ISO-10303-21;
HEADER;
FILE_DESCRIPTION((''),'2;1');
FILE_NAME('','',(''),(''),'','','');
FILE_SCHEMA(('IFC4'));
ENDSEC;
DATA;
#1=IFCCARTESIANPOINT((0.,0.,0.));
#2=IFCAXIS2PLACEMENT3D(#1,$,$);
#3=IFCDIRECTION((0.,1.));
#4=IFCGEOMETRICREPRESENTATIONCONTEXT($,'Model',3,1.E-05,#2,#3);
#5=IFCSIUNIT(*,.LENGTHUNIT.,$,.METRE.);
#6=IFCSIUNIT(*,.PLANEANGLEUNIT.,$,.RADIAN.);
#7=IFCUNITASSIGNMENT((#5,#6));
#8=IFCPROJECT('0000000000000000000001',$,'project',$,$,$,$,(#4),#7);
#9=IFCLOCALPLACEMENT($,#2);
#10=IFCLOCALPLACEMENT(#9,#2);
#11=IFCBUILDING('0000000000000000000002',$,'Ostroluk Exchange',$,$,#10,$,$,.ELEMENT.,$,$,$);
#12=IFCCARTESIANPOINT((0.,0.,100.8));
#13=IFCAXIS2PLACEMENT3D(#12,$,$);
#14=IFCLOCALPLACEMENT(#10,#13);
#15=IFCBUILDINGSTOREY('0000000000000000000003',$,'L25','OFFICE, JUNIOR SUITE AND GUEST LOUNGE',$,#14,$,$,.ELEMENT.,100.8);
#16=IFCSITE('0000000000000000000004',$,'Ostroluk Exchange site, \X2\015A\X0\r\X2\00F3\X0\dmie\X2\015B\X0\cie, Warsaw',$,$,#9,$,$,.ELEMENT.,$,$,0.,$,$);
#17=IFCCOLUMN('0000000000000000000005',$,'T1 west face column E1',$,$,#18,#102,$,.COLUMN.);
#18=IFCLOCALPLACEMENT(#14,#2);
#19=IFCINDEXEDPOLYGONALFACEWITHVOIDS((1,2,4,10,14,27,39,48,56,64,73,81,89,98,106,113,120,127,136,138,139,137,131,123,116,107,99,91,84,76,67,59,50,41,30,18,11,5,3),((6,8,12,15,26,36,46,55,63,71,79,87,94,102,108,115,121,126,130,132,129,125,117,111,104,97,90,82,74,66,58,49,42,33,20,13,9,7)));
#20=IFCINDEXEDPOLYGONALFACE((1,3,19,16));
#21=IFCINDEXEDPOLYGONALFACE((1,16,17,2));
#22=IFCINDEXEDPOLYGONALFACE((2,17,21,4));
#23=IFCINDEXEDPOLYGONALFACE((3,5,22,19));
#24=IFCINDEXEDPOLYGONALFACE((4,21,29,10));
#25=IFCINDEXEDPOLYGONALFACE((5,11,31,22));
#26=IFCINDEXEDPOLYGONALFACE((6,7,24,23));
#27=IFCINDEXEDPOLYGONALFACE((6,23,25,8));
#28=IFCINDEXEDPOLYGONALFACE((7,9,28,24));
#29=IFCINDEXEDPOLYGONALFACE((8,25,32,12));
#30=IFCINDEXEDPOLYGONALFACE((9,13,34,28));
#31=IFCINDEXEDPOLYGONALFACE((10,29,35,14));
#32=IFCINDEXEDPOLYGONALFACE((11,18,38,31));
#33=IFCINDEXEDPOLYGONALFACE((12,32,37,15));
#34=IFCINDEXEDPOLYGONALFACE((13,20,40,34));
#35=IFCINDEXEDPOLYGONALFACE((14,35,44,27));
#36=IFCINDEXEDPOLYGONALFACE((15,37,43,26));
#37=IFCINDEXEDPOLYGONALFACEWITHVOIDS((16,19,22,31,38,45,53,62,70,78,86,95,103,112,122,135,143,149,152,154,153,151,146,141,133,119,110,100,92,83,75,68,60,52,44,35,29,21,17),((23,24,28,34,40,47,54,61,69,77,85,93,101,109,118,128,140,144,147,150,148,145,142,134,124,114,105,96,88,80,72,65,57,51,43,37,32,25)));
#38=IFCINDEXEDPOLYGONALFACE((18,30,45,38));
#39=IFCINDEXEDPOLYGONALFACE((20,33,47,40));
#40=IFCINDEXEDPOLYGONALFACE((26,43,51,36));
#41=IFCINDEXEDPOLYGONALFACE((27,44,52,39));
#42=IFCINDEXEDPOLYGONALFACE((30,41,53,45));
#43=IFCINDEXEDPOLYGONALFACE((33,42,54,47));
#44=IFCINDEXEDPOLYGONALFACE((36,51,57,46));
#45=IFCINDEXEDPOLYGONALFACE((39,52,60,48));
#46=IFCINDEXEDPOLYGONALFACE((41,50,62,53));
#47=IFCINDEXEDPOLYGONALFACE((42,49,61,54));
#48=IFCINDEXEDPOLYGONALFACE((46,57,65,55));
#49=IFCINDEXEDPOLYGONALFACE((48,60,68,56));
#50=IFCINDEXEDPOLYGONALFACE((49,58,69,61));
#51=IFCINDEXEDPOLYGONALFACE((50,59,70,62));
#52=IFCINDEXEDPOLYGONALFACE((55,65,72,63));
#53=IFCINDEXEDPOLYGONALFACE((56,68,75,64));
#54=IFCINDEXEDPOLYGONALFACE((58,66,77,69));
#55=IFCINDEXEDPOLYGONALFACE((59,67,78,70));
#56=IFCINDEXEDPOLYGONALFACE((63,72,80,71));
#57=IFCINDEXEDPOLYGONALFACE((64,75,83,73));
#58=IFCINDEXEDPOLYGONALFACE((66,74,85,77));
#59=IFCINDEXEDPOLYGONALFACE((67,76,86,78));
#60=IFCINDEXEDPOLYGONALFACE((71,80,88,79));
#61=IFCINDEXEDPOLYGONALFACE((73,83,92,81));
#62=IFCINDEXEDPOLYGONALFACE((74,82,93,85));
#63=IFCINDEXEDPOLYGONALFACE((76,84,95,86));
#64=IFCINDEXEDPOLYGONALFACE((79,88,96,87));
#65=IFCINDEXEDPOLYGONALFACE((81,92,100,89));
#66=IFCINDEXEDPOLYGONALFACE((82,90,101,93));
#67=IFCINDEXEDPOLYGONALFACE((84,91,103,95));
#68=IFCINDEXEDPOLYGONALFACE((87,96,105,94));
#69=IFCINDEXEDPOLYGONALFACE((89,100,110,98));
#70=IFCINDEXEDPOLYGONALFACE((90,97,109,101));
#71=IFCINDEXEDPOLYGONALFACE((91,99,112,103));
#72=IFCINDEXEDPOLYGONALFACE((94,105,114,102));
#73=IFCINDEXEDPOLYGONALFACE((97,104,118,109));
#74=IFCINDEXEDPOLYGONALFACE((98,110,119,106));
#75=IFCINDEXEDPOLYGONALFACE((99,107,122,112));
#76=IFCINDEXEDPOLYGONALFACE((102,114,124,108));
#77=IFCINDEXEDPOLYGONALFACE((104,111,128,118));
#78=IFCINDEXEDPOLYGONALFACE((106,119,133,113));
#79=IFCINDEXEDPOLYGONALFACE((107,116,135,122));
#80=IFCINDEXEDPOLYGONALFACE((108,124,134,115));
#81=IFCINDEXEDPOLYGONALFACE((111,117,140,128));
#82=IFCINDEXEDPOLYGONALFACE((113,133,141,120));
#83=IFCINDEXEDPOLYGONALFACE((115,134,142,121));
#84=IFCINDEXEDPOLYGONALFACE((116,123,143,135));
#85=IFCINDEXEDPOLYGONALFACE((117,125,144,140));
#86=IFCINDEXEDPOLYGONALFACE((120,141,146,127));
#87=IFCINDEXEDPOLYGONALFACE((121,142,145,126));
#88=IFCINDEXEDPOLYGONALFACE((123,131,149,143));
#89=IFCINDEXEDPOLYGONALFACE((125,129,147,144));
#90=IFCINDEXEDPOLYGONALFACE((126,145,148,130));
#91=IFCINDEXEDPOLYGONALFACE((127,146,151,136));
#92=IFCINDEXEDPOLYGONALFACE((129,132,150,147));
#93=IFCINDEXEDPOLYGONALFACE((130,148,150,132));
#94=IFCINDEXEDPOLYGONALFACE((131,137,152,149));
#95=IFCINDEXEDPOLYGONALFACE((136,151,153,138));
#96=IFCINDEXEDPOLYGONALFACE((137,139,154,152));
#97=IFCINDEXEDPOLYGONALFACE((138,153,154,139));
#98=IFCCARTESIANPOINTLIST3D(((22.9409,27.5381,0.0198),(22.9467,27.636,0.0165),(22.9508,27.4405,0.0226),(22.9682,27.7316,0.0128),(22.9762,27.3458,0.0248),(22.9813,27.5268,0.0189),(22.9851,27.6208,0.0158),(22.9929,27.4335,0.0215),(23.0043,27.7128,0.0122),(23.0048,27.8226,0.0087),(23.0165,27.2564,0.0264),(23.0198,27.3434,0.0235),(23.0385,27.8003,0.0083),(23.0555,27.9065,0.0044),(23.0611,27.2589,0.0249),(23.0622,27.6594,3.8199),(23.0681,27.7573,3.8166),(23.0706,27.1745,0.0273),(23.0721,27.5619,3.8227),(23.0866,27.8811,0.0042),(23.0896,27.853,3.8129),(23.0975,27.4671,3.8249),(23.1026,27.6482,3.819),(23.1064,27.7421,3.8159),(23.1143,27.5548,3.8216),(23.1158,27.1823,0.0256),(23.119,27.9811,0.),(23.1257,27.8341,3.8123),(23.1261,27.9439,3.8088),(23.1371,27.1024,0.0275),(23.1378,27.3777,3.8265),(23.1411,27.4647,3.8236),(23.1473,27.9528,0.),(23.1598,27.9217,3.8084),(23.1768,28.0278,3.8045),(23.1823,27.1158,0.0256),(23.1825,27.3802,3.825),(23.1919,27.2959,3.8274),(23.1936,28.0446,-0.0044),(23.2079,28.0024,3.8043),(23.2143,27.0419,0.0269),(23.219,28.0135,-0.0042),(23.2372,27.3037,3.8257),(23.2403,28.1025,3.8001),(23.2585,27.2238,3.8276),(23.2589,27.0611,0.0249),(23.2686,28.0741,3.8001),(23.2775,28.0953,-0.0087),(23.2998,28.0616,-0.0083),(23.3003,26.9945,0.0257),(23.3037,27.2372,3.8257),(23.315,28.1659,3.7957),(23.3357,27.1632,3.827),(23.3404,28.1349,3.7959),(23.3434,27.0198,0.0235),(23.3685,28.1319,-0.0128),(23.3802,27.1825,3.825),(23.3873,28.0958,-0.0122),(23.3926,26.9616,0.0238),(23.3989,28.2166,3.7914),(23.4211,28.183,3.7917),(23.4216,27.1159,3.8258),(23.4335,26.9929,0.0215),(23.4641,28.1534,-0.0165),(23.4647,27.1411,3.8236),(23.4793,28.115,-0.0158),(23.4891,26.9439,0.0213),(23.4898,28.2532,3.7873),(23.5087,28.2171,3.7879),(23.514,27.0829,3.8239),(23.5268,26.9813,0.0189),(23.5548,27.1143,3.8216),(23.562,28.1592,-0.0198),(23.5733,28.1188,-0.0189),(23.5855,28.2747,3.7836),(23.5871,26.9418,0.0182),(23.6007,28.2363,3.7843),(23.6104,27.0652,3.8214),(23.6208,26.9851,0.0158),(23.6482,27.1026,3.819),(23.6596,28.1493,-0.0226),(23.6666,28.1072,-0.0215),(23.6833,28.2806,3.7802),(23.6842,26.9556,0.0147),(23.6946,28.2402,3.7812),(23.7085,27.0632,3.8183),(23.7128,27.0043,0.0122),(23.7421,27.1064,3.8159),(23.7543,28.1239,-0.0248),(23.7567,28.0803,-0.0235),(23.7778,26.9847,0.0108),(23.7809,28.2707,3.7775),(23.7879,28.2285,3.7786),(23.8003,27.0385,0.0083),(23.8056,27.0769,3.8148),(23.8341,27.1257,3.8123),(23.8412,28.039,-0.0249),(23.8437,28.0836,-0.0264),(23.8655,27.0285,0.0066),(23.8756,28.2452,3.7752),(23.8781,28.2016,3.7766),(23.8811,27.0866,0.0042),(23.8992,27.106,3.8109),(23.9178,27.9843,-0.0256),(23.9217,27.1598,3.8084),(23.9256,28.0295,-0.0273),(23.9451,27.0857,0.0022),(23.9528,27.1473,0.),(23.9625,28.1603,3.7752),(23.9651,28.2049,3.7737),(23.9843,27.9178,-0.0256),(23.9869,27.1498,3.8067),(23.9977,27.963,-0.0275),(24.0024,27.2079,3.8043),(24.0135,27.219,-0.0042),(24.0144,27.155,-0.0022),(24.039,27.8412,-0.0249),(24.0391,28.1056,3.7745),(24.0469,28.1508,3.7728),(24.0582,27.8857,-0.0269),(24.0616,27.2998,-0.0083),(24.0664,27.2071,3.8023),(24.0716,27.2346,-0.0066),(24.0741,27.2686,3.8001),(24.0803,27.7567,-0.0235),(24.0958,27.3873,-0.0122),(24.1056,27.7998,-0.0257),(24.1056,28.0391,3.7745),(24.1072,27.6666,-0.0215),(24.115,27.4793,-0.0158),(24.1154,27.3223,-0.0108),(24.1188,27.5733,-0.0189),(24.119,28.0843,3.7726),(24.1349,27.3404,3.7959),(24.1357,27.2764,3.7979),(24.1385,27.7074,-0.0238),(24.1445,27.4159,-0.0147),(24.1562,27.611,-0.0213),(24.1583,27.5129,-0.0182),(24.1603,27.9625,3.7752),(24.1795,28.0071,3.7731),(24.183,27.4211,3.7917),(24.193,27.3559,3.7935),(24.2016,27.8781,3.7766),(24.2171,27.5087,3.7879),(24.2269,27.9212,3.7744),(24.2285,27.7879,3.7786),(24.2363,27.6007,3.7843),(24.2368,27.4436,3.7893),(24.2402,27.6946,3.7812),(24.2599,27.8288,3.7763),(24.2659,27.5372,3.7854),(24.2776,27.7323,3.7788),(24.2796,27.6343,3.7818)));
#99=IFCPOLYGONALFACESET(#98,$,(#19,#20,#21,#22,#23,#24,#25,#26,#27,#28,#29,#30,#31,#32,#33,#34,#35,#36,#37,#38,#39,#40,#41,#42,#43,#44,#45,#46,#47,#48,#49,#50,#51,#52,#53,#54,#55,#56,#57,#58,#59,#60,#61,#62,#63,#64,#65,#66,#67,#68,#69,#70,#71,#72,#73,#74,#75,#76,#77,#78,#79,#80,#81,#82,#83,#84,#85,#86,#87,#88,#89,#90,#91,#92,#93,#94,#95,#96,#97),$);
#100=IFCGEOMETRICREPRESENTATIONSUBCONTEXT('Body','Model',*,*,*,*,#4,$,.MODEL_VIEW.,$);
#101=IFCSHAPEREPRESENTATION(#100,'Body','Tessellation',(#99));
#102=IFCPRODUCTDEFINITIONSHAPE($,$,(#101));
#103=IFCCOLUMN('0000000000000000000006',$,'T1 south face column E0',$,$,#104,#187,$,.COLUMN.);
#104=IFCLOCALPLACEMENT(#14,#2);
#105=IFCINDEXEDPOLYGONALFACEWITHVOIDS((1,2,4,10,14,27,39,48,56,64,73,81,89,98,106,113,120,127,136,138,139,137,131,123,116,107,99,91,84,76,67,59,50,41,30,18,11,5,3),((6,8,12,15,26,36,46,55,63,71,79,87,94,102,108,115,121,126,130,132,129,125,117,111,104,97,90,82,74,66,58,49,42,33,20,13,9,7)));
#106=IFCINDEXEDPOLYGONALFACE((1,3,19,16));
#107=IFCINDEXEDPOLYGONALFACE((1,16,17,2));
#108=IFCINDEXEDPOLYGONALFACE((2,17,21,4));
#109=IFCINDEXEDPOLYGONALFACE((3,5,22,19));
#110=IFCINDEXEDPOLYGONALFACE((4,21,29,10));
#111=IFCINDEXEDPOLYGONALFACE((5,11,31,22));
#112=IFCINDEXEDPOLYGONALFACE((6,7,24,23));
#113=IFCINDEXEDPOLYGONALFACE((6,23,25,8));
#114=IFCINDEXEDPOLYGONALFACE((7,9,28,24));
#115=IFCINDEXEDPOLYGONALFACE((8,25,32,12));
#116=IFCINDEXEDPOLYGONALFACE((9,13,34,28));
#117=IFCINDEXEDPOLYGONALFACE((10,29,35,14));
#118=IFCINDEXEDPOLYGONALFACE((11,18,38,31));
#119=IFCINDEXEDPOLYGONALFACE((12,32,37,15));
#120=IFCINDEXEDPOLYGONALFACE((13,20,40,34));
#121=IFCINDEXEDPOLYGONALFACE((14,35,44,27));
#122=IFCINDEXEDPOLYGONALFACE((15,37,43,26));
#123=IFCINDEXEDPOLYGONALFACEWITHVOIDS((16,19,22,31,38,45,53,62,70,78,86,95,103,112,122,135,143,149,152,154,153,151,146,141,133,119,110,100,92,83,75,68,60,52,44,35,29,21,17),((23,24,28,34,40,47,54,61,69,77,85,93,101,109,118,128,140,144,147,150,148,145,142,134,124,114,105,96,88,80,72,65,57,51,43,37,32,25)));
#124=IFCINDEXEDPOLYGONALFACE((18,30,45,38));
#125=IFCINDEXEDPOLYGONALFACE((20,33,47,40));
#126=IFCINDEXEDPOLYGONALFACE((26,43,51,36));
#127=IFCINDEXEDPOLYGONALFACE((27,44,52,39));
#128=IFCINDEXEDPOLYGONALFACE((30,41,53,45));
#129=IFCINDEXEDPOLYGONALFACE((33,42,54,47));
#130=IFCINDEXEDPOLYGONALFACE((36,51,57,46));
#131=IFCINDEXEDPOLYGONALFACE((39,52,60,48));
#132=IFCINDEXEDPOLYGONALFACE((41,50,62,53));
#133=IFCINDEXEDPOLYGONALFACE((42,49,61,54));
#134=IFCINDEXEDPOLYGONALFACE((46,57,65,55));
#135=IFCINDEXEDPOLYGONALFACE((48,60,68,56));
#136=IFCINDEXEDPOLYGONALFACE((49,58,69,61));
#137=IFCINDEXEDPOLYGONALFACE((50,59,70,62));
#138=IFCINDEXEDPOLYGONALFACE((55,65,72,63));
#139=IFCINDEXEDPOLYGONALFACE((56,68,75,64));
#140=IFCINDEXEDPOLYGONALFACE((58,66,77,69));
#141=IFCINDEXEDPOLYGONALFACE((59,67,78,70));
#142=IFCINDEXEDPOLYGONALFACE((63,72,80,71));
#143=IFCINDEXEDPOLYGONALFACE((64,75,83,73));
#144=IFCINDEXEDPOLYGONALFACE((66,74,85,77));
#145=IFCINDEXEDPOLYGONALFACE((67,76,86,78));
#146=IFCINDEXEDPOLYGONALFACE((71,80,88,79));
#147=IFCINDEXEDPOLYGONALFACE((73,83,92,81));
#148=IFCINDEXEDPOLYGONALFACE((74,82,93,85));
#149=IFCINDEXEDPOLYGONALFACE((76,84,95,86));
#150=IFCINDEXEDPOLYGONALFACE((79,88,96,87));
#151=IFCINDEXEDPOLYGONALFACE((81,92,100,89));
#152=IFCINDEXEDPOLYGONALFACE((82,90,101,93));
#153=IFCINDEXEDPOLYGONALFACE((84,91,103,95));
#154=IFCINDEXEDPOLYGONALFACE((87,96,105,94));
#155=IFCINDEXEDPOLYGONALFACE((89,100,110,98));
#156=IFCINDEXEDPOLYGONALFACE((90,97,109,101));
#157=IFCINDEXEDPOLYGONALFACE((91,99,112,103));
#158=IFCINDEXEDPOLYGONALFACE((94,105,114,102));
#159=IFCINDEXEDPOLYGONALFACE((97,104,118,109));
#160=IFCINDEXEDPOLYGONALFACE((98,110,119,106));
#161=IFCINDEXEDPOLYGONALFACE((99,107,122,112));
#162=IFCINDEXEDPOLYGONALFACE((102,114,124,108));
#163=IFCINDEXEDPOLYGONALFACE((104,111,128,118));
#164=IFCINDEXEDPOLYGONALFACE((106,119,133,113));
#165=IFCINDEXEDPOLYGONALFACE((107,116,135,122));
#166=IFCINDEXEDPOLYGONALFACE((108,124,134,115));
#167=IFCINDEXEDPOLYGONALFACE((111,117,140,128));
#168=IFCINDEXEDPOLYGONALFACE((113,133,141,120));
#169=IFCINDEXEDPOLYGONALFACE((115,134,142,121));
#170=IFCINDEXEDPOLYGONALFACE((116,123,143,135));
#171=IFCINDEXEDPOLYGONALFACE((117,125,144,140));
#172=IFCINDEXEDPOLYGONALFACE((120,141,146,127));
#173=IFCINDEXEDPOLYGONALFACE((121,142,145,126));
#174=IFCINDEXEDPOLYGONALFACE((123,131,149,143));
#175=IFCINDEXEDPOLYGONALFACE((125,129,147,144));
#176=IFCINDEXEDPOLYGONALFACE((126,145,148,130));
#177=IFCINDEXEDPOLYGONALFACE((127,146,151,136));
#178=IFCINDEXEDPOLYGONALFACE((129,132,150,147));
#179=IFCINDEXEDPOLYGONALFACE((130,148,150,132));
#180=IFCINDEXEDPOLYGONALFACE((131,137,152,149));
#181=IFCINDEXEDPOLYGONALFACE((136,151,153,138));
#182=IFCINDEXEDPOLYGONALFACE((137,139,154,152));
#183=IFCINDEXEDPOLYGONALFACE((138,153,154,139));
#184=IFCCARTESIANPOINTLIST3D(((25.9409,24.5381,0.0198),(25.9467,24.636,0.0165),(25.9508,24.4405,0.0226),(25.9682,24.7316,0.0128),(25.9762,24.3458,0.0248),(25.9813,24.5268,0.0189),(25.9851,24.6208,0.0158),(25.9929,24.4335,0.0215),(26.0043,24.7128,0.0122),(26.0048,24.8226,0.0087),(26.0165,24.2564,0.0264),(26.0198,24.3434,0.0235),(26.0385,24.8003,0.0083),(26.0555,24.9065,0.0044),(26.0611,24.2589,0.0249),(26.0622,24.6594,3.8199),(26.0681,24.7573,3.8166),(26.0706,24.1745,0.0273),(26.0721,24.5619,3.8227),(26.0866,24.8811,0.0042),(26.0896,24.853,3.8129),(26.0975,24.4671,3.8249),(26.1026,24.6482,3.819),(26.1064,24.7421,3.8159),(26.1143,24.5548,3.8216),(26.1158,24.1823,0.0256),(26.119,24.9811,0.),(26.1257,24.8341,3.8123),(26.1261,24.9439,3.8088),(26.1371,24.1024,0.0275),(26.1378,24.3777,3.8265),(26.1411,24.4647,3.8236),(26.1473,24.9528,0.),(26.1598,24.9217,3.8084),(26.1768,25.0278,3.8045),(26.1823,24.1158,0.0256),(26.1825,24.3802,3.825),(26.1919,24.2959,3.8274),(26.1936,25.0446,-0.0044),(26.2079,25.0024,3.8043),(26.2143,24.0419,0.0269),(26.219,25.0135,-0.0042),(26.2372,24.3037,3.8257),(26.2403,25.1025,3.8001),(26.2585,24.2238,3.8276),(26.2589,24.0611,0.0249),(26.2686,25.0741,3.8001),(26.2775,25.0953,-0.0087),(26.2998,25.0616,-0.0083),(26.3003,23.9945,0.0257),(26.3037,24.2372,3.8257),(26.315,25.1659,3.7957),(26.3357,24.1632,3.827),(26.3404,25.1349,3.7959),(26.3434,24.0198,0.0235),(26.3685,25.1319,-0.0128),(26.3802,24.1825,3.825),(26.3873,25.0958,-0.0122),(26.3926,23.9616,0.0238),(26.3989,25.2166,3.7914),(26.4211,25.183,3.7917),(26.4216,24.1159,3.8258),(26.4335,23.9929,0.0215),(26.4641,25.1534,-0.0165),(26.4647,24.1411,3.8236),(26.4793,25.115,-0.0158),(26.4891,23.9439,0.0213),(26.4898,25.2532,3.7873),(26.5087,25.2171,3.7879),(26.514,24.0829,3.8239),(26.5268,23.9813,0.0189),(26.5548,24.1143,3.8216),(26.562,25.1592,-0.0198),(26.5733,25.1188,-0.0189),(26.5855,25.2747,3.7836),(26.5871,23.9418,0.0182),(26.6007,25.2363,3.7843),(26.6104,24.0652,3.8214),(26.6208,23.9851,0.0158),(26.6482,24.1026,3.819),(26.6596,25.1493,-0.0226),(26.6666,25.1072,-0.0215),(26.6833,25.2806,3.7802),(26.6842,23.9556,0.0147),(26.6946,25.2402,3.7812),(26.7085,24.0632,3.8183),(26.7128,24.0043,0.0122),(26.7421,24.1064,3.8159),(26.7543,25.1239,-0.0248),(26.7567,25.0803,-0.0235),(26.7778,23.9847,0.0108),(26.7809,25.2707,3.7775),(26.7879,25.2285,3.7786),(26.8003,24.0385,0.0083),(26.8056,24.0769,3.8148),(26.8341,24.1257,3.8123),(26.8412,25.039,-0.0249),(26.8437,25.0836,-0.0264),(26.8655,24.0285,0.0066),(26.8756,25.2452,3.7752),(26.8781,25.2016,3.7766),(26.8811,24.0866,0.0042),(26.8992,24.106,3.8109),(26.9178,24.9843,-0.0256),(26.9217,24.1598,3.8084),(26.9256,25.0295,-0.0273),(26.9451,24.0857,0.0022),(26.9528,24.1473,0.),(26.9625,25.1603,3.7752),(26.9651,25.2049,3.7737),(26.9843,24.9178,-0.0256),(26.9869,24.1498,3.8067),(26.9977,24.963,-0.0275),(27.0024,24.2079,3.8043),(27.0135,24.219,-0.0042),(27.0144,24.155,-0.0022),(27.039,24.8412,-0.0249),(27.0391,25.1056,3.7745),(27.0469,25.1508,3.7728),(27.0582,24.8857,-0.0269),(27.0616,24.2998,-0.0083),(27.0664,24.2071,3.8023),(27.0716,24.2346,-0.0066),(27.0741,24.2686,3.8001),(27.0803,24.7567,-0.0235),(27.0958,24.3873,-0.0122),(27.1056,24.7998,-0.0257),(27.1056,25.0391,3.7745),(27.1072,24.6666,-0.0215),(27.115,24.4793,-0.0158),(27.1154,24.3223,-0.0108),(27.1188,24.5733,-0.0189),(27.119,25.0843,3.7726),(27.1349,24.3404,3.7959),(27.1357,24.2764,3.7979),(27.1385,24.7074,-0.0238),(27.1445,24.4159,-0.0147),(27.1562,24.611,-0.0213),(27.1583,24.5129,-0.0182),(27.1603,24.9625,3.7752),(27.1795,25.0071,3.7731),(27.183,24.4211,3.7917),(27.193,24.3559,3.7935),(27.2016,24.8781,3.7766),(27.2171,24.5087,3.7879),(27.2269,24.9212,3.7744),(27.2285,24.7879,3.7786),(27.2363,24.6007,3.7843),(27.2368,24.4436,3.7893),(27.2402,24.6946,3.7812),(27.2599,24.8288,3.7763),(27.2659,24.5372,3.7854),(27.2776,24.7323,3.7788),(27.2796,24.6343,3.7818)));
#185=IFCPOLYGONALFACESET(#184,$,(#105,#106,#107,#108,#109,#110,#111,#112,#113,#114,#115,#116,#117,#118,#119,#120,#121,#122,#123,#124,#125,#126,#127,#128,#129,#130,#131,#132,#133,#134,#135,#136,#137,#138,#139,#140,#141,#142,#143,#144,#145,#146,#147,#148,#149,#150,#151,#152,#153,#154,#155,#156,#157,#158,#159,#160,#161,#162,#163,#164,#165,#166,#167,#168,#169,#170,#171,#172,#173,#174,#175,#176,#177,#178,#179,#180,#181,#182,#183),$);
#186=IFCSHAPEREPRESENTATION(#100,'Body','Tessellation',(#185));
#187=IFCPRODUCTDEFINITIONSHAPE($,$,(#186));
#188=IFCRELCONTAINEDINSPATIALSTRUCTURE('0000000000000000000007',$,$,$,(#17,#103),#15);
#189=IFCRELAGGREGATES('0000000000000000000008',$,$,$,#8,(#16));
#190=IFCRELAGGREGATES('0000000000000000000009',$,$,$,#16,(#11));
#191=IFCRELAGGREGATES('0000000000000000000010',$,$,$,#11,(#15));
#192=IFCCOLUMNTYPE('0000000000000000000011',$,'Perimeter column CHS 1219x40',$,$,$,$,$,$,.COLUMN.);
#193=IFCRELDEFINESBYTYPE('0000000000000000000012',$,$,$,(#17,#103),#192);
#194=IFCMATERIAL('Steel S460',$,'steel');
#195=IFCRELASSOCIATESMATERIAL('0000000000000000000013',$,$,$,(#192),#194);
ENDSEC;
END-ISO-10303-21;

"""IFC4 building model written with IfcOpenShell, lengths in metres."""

from ifc_helpers import new_model, si_unit, direction, frame, origin, origin_2d, place, context, subcontext, project, spatial, hollow_circle, extrude, material, material_profile, profile_set, type_object, element, save


model = new_model("IFC4")

# Units and contexts
model_context = context("Model", 3, precision=1e-05, world=origin(), true_north=direction((0.0, 1.0)))
body_context = subcontext(model_context, "Body", "Model", "MODEL_VIEW")
ifc_project = project(units=[si_unit("LENGTHUNIT", "METRE"), si_unit("PLANEANGLEUNIT", "RADIAN")], contexts=[model_context])

# Site, building, storey
site_placement = place(None, origin())
site = spatial("IfcSite", under=ifc_project, at=site_placement, Name="Ostroluk Exchange site, Śródmieście, Warsaw", CompositionType="ELEMENT", RefElevation=0.0)
building_placement = place(site_placement, origin())
building = spatial("IfcBuilding", under=site, at=building_placement, Name="Ostroluk Exchange", CompositionType="ELEMENT")
storey_placement = place(building_placement, frame((0.0, 0.0, 100.8)))
storey = spatial("IfcBuildingStorey", under=building, at=storey_placement, Name="L25", Description="OFFICE, JUNIOR SUITE AND GUEST LOUNGE", CompositionType="ELEMENT", Elevation=100.8)

# Columns
ifc_material_1 = material(Name="Steel S460", Category="steel")
ifc_material_profile_1 = material_profile(ifc_material_1, hollow_circle(Radius=0.6096, WallThickness=0.04, at=origin_2d()), Name="CHS 1219x40")
ifc_profile_set_1 = profile_set([ifc_material_profile_1], Name="Steel S460")
column_type = type_object("IfcColumnType", Name="Perimeter column CHS 1219x40", PredefinedType="COLUMN", material=ifc_profile_set_1)
for number, where, z_axis, x_axis, name in (
    (1, (23.55, 27.55, 0.0), (0.031898, 0.031898, 0.998982), (-0.707107, 0.707107, 0.0), "T1 west face column E1"),
    (2, (26.55, 24.55, 0.0), (0.031898, 0.031898, 0.998982), (-0.707107, 0.707107, 0.0), "T1 south face column E0"),
):
    element("IfcColumn", number, at=place(storey_placement, frame(where, z_axis=z_axis, x_axis=x_axis)), inside=storey, type_object=column_type, Name=name, PredefinedType="COLUMN", context=body_context, shape_type="SweptSolid", body=[
        extrude(hollow_circle(Radius=0.6096, WallThickness=0.04, at=origin_2d()), origin(), (0.0, 0.0, 1.0), 3.804),
    ])

save(model, "model.ifc")
